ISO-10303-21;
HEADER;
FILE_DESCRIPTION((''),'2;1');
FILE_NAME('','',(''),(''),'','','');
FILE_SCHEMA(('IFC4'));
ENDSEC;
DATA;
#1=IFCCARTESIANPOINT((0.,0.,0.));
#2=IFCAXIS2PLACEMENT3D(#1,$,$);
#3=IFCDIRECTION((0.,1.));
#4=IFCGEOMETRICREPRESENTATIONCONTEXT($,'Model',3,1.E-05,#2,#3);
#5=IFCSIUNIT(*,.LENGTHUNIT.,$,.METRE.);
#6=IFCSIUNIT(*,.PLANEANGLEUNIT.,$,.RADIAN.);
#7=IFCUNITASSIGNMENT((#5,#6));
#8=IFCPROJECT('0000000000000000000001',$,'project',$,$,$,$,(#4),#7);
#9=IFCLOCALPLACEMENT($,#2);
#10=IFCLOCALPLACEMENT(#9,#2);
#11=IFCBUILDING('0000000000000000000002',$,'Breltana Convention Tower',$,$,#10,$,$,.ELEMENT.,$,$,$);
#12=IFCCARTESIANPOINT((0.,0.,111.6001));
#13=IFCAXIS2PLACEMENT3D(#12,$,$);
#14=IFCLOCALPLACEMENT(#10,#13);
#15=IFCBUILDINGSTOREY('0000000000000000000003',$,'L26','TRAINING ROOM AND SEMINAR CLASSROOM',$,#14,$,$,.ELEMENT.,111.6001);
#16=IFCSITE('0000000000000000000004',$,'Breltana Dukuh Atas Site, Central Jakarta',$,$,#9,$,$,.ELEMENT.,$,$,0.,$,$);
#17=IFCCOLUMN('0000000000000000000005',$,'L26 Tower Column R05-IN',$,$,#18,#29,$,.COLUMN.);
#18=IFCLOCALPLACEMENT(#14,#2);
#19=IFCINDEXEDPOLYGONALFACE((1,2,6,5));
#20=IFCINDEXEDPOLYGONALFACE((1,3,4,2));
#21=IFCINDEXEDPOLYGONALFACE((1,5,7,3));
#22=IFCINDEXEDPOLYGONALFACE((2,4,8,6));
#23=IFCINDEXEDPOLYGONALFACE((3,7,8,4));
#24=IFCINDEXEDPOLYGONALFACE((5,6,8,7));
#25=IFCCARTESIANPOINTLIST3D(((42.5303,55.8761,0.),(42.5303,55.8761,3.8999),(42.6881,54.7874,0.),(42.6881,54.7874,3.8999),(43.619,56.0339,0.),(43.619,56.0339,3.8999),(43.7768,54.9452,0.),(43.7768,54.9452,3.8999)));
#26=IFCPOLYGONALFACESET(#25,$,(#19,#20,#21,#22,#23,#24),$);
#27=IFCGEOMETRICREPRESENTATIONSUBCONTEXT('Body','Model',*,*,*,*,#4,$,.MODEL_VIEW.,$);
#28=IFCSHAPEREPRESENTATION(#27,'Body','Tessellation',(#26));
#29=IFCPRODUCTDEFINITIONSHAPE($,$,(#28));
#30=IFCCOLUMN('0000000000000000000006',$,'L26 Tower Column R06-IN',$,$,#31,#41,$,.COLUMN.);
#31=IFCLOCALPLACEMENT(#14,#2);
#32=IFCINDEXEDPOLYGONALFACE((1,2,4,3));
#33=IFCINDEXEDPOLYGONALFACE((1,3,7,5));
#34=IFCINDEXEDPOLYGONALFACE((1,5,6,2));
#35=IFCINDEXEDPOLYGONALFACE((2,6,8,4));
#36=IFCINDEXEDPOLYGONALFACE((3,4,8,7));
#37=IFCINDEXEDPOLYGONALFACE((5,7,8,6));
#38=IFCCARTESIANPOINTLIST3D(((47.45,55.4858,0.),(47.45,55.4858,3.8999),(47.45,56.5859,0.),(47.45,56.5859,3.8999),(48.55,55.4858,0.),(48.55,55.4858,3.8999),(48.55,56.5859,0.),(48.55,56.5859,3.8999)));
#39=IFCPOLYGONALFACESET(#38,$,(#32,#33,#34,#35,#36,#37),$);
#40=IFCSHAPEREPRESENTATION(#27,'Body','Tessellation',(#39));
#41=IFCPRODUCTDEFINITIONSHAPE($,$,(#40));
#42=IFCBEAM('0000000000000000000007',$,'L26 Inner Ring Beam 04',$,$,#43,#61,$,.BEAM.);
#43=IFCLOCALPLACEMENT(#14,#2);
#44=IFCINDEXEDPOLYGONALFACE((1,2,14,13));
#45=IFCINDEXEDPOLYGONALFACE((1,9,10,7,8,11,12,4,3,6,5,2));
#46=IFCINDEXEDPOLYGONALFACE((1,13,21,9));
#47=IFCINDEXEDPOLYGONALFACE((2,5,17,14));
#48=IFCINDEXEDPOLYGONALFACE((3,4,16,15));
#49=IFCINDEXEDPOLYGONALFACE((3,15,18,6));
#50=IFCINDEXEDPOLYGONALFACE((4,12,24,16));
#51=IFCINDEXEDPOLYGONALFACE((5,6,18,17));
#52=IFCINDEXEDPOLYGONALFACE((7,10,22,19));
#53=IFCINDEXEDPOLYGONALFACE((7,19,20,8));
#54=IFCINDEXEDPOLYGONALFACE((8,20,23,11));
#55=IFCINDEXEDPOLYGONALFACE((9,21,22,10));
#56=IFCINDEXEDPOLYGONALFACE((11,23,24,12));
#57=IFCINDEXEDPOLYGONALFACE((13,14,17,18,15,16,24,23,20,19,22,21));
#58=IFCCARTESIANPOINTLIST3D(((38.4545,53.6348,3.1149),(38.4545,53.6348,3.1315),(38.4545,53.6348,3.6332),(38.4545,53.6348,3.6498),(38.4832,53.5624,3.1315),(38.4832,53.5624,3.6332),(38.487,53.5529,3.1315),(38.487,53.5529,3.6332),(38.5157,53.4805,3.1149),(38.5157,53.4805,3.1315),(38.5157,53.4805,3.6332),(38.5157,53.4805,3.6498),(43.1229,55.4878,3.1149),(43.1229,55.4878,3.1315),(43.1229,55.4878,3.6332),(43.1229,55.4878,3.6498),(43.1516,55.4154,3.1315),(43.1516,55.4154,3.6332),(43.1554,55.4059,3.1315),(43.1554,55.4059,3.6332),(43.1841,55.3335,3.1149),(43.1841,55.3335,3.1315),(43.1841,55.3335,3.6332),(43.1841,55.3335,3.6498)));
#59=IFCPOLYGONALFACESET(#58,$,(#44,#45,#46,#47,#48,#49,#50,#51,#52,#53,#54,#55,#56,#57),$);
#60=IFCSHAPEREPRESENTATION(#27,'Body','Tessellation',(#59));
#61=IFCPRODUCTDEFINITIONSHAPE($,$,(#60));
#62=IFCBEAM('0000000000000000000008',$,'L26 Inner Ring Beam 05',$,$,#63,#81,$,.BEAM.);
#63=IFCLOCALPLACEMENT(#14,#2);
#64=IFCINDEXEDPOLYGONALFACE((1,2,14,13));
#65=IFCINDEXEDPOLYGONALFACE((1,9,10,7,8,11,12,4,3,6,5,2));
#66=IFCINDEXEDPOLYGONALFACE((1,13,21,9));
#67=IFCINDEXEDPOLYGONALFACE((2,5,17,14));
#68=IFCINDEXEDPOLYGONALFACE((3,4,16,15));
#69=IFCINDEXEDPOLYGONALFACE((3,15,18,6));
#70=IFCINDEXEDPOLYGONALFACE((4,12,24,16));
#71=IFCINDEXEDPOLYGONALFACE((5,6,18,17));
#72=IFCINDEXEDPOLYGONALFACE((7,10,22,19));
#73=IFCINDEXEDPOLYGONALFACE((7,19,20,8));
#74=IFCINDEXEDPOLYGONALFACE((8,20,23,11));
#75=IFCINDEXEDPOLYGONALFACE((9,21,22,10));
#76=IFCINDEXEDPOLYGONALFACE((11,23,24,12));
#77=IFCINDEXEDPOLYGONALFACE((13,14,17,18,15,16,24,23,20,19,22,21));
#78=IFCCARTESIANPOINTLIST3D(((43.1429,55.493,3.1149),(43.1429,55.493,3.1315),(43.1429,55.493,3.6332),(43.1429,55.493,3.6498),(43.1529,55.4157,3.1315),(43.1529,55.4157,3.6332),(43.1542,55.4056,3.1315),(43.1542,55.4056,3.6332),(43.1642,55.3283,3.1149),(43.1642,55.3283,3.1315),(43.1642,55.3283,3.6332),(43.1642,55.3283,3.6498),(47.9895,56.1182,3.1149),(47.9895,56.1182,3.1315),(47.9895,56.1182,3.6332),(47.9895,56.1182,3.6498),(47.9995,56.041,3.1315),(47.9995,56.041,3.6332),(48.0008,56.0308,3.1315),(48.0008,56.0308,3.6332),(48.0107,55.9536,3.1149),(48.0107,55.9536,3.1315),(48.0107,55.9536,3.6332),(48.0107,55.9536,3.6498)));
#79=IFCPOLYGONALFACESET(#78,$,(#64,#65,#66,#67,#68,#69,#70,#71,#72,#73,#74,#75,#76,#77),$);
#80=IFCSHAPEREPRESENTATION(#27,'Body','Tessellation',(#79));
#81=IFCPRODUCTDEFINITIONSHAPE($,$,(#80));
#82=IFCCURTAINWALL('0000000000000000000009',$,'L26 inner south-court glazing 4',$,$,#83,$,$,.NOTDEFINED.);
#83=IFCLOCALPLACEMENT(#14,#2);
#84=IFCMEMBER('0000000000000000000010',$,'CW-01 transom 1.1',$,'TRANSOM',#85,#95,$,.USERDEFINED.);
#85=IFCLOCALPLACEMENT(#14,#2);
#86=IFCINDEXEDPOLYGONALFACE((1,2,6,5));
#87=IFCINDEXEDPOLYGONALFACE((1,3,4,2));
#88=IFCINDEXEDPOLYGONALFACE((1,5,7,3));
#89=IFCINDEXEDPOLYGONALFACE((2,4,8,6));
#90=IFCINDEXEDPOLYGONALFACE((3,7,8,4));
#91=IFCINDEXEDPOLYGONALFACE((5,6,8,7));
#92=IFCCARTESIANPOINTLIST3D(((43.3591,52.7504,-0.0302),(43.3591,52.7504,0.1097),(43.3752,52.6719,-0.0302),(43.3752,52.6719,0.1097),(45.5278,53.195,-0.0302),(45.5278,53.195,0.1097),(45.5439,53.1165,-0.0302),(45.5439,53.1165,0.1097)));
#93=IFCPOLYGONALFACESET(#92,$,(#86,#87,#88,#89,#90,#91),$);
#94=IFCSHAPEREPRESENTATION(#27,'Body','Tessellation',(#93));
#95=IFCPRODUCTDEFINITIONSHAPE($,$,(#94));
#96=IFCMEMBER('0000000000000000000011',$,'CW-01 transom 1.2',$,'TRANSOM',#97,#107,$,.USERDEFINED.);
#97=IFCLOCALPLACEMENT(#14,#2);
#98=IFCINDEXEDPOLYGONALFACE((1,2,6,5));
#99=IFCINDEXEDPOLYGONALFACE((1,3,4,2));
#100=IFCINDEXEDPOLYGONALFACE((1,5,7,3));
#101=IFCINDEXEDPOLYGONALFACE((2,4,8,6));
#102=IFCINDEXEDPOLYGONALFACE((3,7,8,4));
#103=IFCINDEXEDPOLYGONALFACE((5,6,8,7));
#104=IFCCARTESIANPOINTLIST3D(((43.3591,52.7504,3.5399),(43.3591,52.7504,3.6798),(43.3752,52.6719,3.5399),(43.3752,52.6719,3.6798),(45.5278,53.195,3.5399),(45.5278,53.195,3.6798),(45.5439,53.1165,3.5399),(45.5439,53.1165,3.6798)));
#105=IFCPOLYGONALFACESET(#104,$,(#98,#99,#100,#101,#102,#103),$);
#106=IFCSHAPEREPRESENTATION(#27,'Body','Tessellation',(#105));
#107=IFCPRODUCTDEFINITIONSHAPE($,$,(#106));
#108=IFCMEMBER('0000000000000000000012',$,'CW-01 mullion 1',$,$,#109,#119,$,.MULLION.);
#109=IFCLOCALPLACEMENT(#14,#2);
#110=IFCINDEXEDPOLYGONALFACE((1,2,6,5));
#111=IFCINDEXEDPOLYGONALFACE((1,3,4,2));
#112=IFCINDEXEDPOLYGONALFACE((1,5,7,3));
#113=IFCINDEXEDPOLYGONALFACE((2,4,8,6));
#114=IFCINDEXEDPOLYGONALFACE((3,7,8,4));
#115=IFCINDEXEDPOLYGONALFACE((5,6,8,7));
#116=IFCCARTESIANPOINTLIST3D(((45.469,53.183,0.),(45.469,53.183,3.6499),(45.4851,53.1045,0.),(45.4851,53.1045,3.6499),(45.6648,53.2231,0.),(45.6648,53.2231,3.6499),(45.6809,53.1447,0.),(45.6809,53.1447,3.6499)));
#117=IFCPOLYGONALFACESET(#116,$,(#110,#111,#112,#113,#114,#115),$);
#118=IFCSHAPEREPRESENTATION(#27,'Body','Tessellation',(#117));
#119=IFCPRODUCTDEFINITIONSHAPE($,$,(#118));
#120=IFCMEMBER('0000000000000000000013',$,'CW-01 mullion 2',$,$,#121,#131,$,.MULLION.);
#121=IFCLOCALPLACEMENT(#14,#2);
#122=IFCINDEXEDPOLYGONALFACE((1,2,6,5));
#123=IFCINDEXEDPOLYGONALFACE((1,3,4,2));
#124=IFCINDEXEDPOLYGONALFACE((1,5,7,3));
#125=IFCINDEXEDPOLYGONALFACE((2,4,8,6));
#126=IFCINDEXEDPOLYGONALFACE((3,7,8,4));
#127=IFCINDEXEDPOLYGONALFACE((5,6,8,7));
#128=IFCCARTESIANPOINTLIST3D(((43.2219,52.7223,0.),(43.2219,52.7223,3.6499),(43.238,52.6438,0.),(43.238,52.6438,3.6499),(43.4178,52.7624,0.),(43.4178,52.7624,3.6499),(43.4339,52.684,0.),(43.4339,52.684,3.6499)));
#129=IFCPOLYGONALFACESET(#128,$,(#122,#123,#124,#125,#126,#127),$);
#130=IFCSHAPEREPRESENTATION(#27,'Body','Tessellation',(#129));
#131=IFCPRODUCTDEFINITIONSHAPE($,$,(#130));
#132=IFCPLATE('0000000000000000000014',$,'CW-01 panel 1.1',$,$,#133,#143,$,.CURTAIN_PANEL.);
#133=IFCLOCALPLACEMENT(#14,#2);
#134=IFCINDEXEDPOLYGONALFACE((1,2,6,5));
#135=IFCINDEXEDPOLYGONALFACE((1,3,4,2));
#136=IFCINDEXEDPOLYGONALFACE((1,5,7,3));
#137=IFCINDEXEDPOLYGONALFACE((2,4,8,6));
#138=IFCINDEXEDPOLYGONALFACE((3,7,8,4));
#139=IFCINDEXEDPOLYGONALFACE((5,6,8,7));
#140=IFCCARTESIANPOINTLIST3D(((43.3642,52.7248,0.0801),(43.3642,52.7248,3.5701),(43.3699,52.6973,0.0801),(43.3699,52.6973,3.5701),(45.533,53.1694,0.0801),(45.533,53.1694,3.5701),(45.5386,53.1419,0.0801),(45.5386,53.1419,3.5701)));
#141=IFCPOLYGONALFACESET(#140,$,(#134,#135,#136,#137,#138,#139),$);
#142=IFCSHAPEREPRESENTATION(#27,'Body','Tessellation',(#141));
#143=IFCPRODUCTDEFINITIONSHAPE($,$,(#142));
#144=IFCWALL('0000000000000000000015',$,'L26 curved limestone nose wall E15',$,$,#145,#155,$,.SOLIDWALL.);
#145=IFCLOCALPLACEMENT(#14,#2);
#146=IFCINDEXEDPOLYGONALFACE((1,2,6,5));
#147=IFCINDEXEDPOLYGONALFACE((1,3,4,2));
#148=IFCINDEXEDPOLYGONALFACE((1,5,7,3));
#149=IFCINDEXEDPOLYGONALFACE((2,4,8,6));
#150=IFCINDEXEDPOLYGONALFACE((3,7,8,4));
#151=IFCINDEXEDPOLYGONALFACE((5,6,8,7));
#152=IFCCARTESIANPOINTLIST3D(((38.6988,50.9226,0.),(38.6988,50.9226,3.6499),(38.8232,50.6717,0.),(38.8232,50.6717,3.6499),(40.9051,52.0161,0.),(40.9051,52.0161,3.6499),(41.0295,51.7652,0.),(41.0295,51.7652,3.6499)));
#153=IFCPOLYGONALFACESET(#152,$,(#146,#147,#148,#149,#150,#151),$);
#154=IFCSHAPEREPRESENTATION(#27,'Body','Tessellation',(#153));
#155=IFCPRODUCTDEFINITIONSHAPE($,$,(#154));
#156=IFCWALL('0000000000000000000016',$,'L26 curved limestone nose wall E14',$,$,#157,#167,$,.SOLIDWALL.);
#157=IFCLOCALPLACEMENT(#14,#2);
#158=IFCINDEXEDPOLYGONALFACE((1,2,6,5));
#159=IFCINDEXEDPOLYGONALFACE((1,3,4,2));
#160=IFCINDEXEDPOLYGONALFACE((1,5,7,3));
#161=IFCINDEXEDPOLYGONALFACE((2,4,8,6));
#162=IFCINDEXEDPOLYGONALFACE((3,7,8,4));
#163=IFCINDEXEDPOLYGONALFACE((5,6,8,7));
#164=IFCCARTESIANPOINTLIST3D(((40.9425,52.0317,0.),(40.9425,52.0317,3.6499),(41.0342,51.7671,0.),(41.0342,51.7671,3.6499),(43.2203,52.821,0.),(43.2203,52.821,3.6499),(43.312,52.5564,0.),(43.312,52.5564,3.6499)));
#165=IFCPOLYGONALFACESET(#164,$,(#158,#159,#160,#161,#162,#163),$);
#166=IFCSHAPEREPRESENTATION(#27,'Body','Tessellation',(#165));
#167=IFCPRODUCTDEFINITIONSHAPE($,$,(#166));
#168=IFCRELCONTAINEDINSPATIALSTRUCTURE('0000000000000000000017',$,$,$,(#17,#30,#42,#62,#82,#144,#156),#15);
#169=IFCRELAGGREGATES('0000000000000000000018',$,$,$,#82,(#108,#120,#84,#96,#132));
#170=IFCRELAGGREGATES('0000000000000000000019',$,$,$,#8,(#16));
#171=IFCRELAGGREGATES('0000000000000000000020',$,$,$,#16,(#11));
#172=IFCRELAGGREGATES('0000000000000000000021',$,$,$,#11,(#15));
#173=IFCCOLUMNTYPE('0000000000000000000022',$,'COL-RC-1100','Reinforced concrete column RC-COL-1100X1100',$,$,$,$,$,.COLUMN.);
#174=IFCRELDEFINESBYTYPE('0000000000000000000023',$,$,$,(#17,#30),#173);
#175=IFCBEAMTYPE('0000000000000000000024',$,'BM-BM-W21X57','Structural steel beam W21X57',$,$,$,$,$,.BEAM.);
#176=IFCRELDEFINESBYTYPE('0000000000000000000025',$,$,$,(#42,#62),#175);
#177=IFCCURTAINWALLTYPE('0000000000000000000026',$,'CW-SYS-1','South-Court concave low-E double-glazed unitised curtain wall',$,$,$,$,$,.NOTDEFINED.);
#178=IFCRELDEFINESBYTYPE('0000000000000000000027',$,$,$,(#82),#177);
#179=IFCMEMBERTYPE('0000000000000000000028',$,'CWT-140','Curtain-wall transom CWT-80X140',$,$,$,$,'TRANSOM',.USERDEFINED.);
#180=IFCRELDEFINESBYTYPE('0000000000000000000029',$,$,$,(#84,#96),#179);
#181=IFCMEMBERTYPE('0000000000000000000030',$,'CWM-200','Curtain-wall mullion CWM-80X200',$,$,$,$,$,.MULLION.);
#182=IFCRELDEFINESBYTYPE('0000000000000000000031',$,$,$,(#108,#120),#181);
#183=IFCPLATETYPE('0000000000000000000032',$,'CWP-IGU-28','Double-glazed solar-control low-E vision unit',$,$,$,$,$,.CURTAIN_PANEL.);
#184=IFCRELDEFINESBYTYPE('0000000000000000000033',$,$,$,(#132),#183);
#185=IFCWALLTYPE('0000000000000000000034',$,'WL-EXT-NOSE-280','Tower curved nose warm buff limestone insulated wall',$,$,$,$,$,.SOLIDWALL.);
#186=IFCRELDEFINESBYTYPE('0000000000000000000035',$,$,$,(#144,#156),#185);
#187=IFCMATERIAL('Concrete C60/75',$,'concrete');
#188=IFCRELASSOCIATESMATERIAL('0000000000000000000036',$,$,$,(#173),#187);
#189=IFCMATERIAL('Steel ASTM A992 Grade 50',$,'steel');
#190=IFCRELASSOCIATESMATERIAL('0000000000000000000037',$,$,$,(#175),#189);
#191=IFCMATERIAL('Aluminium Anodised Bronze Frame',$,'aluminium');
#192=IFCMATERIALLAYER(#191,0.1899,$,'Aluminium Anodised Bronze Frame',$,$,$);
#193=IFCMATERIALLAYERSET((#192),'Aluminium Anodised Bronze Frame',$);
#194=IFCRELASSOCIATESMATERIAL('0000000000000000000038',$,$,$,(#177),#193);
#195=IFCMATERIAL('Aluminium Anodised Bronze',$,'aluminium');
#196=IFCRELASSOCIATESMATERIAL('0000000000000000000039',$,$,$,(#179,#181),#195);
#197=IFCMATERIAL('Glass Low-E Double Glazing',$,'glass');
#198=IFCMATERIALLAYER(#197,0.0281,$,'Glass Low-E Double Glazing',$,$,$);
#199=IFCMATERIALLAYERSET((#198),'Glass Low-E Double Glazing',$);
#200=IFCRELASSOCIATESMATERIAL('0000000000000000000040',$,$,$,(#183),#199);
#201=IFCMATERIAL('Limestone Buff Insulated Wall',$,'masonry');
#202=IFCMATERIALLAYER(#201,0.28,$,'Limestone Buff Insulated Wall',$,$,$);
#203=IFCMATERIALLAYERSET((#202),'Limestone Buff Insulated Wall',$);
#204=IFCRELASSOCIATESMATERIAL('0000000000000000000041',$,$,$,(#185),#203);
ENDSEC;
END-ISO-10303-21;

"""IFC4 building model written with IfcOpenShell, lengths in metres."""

from ifc_helpers import new_model, si_unit, direction, frame, frame_2d, origin, origin_2d, place, context, subcontext, project, spatial, rectangle, i_section, extrude, source, transform, mapped, material, layer, layer_set, material_profile, profile_set, type_object, element, aggregate, save


model = new_model("IFC4")

# Units and contexts
model_context = context("Model", 3, precision=1e-05, world=origin(), true_north=direction((0.0, 1.0)))
body_context = subcontext(model_context, "Body", "Model", "MODEL_VIEW")
ifc_project = project(units=[si_unit("LENGTHUNIT", "METRE"), si_unit("PLANEANGLEUNIT", "RADIAN")], contexts=[model_context])

# Site, building, storey
site_placement = place(None, origin())
site = spatial("IfcSite", under=ifc_project, at=site_placement, Name="Breltana Dukuh Atas Site, Central Jakarta", CompositionType="ELEMENT", RefElevation=0.0)
building_placement = place(site_placement, origin())
building = spatial("IfcBuilding", under=site, at=building_placement, Name="Breltana Convention Tower", CompositionType="ELEMENT")
storey_placement = place(building_placement, frame((0.0, 0.0, 111.6001)))
storey = spatial("IfcBuildingStorey", under=building, at=storey_placement, Name="L26", Description="TRAINING ROOM AND SEMINAR CLASSROOM", CompositionType="ELEMENT", Elevation=111.6001)

# Columns
ifc_material_1 = material(Name="Concrete C60/75", Category="concrete")
ifc_material_profile_1 = material_profile(ifc_material_1, rectangle(XDim=1.1001, YDim=1.1001, at=origin_2d()), Name="RC-COL-1100X1100")
ifc_profile_set_1 = profile_set([ifc_material_profile_1], Name="Concrete C60/75")
column_type = type_object("IfcColumnType", Name="COL-RC-1100", Description="Reinforced concrete column RC-COL-1100X1100", PredefinedType="COLUMN", material=ifc_profile_set_1)
shared_shape_1 = source(origin(), body_context, "Body", "SweptSolid", [
    extrude(rectangle(XDim=1.1001, YDim=1.1001, at=origin_2d()), origin(), (0.0, 0.0, 1.0), 3.8999),
])
for number, where, z_axis, x_axis, name in (
    (1, (43.1536, 55.4106, 0.0), (0.0, 0.0, 1.0), (-0.143493, 0.989651, 0.0), "L26 Tower Column R05-IN"),
    (2, (48.0, 56.0359, 0.0), (0.0, 0.0, 1.0), (0.0, 1.0, 0.0), "L26 Tower Column R06-IN"),
):
    element("IfcColumn", number, at=place(storey_placement, frame(where, z_axis=z_axis, x_axis=x_axis)), inside=storey, type_object=column_type, Name=name, PredefinedType="COLUMN", context=body_context, shape_type="MappedRepresentation", body=[
        mapped(shared_shape_1, transform((0.0, 0.0, 0.0), scale=1.0)),
    ])

# Beams
ifc_material_2 = material(Name="Steel ASTM A992 Grade 50", Category="steel")
ifc_material_profile_2 = material_profile(ifc_material_2, i_section(OverallWidth=0.166, OverallDepth=0.5349, WebThickness=0.0103, FlangeThickness=0.0166, at=origin_2d()), Name="W21X57")
ifc_profile_set_2 = profile_set([ifc_material_profile_2], Name="Steel ASTM A992 Grade 50")
beam_type = type_object("IfcBeamType", Name="BM-BM-W21X57", Description="Structural steel beam W21X57", PredefinedType="BEAM", material=ifc_profile_set_2)
shared_shape_2 = source(origin(), body_context, "Body", "SweptSolid", [
    extrude(i_section(OverallWidth=0.166, OverallDepth=0.5349, WebThickness=0.0103, FlangeThickness=0.0166, at=origin_2d()), origin(), (0.0, 0.0, 1.0), 5.0227),
])
beam_1_placement = place(storey_placement, frame((38.4851, 53.5576, 3.3823), z_axis=(0.929459, 0.368926, 0.0), x_axis=(-0.368926, 0.929459, 0.0)))
element("IfcBeam", 3, at=beam_1_placement, inside=storey, type_object=beam_type, Name="L26 Inner Ring Beam 04", PredefinedType="BEAM", context=body_context, shape_type="MappedRepresentation", body=[
    mapped(shared_shape_2, transform((0.0, 0.0, 0.0), scale=1.0)),
])
shared_shape_3 = source(origin(), body_context, "Body", "SweptSolid", [
    extrude(i_section(OverallWidth=0.166, OverallDepth=0.5349, WebThickness=0.0103, FlangeThickness=0.0166, at=origin_2d()), origin(), (0.0, 0.0, 1.0), 4.8867),
])
beam_2_placement = place(storey_placement, frame((43.1536, 55.4106, 3.3823), z_axis=(0.991781, 0.127951, 0.0), x_axis=(-0.127951, 0.991781, 0.0)))
element("IfcBeam", 4, at=beam_2_placement, inside=storey, type_object=beam_type, Name="L26 Inner Ring Beam 05", PredefinedType="BEAM", context=body_context, shape_type="MappedRepresentation", body=[
    mapped(shared_shape_3, transform((0.0, 0.0, 0.0), scale=1.0)),
])

# Curtain wall, members, plate
ifc_material_3 = material(Name="Aluminium Anodised Bronze Frame", Category="aluminium")
ifc_layer_1 = layer(ifc_material_3, 0.1899, Name="Aluminium Anodised Bronze Frame")
ifc_layer_set_1 = layer_set([ifc_layer_1], Name="Aluminium Anodised Bronze Frame")
curtain_wall_type = type_object("IfcCurtainWallType", Name="CW-SYS-1", Description="South-Court concave low-E double-glazed unitised curtain wall", PredefinedType="NOTDEFINED", material=ifc_layer_set_1)
curtain_wall_placement = place(storey_placement, origin())
curtain_wall = element("IfcCurtainWall", 5, at=curtain_wall_placement, inside=storey, type_object=curtain_wall_type, Name="L26 inner south-court glazing 4", PredefinedType="NOTDEFINED")
ifc_material_4 = material(Name="Aluminium Anodised Bronze", Category="aluminium")
ifc_material_profile_3 = material_profile(ifc_material_4, rectangle(XDim=0.0801, YDim=0.1399, at=origin_2d()), Name="CWT-80X140")
ifc_profile_set_3 = profile_set([ifc_material_profile_3], Name="Aluminium Anodised Bronze")
member_type_1 = type_object("IfcMemberType", Name="CWT-140", Description="Curtain-wall transom CWT-80X140", ElementType="TRANSOM", PredefinedType="USERDEFINED", material=ifc_profile_set_3)
shared_shape_4 = source(origin(), body_context, "Body", "SweptSolid", [
    extrude(rectangle(XDim=0.0801, YDim=0.1399, at=origin_2d()), origin(), (0.0, 0.0, 1.0), 2.2139),
])
member_1_placement = place(storey_placement, frame((45.5359, 53.1558, 0.0398), z_axis=(-0.979628, -0.200822, 0.0), x_axis=(0.200822, -0.979628, 0.0)))
member_1 = element("IfcMember", 6, at=member_1_placement, type_object=member_type_1, Name="CW-01 transom 1.1", ObjectType="TRANSOM", PredefinedType="USERDEFINED", context=body_context, shape_type="MappedRepresentation", body=[
    mapped(shared_shape_4, transform((0.0, 0.0, 0.0), scale=1.0)),
])
member_2_placement = place(storey_placement, frame((45.5359, 53.1558, 3.6099), z_axis=(-0.979628, -0.200822, 0.0), x_axis=(0.200822, -0.979628, 0.0)))
member_2 = element("IfcMember", 7, at=member_2_placement, type_object=member_type_1, Name="CW-01 transom 1.2", ObjectType="TRANSOM", PredefinedType="USERDEFINED", context=body_context, shape_type="MappedRepresentation", body=[
    mapped(shared_shape_4, transform((0.0, 0.0, 0.0), scale=1.0)),
])
ifc_material_profile_4 = material_profile(ifc_material_4, rectangle(XDim=0.0801, YDim=0.2, at=origin_2d()), Name="CWM-80X200")
ifc_profile_set_4 = profile_set([ifc_material_profile_4], Name="Aluminium Anodised Bronze")
member_type_2 = type_object("IfcMemberType", Name="CWM-200", Description="Curtain-wall mullion CWM-80X200", PredefinedType="MULLION", material=ifc_profile_set_4)
shared_shape_5 = source(origin(), body_context, "Body", "SweptSolid", [
    extrude(rectangle(XDim=0.0801, YDim=0.2, at=origin_2d()), origin(), (0.0, 0.0, 1.0), 3.6499),
])
member_3_placement = place(storey_placement, frame((45.575, 53.1638, 0.0), z_axis=(0.0, 0.0, 1.0), x_axis=(0.200853, -0.979621, 0.0)))
member_3 = element("IfcMember", 8, at=member_3_placement, type_object=member_type_2, Name="CW-01 mullion 1", PredefinedType="MULLION", context=body_context, shape_type="MappedRepresentation", body=[
    mapped(shared_shape_5, transform((0.0, 0.0, 0.0), scale=1.0)),
])
member_4_placement = place(storey_placement, frame((43.3279, 52.7031, 0.0), z_axis=(0.0, 0.0, 1.0), x_axis=(0.200853, -0.979621, 0.0)))
member_4 = element("IfcMember", 9, at=member_4_placement, type_object=member_type_2, Name="CW-01 mullion 2", PredefinedType="MULLION", context=body_context, shape_type="MappedRepresentation", body=[
    mapped(shared_shape_5, transform((0.0, 0.0, 0.0), scale=1.0)),
])
ifc_material_5 = material(Name="Glass Low-E Double Glazing", Category="glass")
ifc_layer_2 = layer(ifc_material_5, 0.0281, Name="Glass Low-E Double Glazing")
ifc_layer_set_2 = layer_set([ifc_layer_2], Name="Glass Low-E Double Glazing")
plate_type = type_object("IfcPlateType", Name="CWP-IGU-28", Description="Double-glazed solar-control low-E vision unit", PredefinedType="CURTAIN_PANEL", material=ifc_layer_set_2)
shared_shape_6 = source(origin(), body_context, "Body", "SweptSolid", [
    extrude(rectangle(XDim=2.2139, YDim=0.0281, at=origin_2d()), origin(), (0.0, 0.0, 1.0), 3.49),
])
plate_placement = place(storey_placement, frame((44.4514, 52.9333, 0.0801), z_axis=(0.0, 0.0, 1.0), x_axis=(-0.979621, -0.200853, 0.0)))
plate = element("IfcPlate", 10, at=plate_placement, type_object=plate_type, Name="CW-01 panel 1.1", PredefinedType="CURTAIN_PANEL", context=body_context, shape_type="MappedRepresentation", body=[
    mapped(shared_shape_6, transform((0.0, 0.0, 0.0), scale=1.0)),
])
aggregate(curtain_wall, [member_3, member_4, member_1, member_2, plate])

# Walls
ifc_material_6 = material(Name="Limestone Buff Insulated Wall", Category="masonry")
ifc_layer_3 = layer(ifc_material_6, 0.28, Name="Limestone Buff Insulated Wall")
ifc_layer_set_3 = layer_set([ifc_layer_3], Name="Limestone Buff Insulated Wall")
wall_type_1 = type_object("IfcWallType", Name="WL-EXT-NOSE-280", Description="Tower curved nose warm buff limestone insulated wall", PredefinedType="SOLIDWALL", material=ifc_layer_set_3)
shared_shape_7 = source(origin(), body_context, "Body", "SweptSolid", [
    extrude(rectangle(XDim=2.4624, YDim=0.28, at=frame_2d((1.2312, 0.0))), origin(), (0.0, 0.0, 1.0), 3.6499),
])
wall_1_placement = place(storey_placement, frame((40.9673, 51.8906, 0.0), z_axis=(0.0, 0.0, 1.0), x_axis=(-0.895988, -0.444078, 0.0)))
element("IfcWall", 11, at=wall_1_placement, inside=storey, type_object=wall_type_1, Name="L26 curved limestone nose wall E15", PredefinedType="SOLIDWALL", context=body_context, shape_type="MappedRepresentation", body=[
    mapped(shared_shape_7, transform((0.0, 0.0, 0.0), scale=1.0)),
])
shared_shape_8 = source(origin(), body_context, "Body", "SweptSolid", [
    extrude(rectangle(XDim=2.4106, YDim=0.28, at=frame_2d((1.2053, 0.0))), origin(), (0.0, 0.0, 1.0), 3.6499),
])
wall_2_placement = place(storey_placement, frame((43.2661, 52.6887, 0.0), z_axis=(0.0, 0.0, 1.0), x_axis=(-0.94488, -0.327417, 0.0)))
element("IfcWall", 12, at=wall_2_placement, inside=storey, type_object=wall_type_1, Name="L26 curved limestone nose wall E14", PredefinedType="SOLIDWALL", context=body_context, shape_type="MappedRepresentation", body=[
    mapped(shared_shape_8, transform((0.0, 0.0, 0.0), scale=1.0)),
])

save(model, "model.ifc")
